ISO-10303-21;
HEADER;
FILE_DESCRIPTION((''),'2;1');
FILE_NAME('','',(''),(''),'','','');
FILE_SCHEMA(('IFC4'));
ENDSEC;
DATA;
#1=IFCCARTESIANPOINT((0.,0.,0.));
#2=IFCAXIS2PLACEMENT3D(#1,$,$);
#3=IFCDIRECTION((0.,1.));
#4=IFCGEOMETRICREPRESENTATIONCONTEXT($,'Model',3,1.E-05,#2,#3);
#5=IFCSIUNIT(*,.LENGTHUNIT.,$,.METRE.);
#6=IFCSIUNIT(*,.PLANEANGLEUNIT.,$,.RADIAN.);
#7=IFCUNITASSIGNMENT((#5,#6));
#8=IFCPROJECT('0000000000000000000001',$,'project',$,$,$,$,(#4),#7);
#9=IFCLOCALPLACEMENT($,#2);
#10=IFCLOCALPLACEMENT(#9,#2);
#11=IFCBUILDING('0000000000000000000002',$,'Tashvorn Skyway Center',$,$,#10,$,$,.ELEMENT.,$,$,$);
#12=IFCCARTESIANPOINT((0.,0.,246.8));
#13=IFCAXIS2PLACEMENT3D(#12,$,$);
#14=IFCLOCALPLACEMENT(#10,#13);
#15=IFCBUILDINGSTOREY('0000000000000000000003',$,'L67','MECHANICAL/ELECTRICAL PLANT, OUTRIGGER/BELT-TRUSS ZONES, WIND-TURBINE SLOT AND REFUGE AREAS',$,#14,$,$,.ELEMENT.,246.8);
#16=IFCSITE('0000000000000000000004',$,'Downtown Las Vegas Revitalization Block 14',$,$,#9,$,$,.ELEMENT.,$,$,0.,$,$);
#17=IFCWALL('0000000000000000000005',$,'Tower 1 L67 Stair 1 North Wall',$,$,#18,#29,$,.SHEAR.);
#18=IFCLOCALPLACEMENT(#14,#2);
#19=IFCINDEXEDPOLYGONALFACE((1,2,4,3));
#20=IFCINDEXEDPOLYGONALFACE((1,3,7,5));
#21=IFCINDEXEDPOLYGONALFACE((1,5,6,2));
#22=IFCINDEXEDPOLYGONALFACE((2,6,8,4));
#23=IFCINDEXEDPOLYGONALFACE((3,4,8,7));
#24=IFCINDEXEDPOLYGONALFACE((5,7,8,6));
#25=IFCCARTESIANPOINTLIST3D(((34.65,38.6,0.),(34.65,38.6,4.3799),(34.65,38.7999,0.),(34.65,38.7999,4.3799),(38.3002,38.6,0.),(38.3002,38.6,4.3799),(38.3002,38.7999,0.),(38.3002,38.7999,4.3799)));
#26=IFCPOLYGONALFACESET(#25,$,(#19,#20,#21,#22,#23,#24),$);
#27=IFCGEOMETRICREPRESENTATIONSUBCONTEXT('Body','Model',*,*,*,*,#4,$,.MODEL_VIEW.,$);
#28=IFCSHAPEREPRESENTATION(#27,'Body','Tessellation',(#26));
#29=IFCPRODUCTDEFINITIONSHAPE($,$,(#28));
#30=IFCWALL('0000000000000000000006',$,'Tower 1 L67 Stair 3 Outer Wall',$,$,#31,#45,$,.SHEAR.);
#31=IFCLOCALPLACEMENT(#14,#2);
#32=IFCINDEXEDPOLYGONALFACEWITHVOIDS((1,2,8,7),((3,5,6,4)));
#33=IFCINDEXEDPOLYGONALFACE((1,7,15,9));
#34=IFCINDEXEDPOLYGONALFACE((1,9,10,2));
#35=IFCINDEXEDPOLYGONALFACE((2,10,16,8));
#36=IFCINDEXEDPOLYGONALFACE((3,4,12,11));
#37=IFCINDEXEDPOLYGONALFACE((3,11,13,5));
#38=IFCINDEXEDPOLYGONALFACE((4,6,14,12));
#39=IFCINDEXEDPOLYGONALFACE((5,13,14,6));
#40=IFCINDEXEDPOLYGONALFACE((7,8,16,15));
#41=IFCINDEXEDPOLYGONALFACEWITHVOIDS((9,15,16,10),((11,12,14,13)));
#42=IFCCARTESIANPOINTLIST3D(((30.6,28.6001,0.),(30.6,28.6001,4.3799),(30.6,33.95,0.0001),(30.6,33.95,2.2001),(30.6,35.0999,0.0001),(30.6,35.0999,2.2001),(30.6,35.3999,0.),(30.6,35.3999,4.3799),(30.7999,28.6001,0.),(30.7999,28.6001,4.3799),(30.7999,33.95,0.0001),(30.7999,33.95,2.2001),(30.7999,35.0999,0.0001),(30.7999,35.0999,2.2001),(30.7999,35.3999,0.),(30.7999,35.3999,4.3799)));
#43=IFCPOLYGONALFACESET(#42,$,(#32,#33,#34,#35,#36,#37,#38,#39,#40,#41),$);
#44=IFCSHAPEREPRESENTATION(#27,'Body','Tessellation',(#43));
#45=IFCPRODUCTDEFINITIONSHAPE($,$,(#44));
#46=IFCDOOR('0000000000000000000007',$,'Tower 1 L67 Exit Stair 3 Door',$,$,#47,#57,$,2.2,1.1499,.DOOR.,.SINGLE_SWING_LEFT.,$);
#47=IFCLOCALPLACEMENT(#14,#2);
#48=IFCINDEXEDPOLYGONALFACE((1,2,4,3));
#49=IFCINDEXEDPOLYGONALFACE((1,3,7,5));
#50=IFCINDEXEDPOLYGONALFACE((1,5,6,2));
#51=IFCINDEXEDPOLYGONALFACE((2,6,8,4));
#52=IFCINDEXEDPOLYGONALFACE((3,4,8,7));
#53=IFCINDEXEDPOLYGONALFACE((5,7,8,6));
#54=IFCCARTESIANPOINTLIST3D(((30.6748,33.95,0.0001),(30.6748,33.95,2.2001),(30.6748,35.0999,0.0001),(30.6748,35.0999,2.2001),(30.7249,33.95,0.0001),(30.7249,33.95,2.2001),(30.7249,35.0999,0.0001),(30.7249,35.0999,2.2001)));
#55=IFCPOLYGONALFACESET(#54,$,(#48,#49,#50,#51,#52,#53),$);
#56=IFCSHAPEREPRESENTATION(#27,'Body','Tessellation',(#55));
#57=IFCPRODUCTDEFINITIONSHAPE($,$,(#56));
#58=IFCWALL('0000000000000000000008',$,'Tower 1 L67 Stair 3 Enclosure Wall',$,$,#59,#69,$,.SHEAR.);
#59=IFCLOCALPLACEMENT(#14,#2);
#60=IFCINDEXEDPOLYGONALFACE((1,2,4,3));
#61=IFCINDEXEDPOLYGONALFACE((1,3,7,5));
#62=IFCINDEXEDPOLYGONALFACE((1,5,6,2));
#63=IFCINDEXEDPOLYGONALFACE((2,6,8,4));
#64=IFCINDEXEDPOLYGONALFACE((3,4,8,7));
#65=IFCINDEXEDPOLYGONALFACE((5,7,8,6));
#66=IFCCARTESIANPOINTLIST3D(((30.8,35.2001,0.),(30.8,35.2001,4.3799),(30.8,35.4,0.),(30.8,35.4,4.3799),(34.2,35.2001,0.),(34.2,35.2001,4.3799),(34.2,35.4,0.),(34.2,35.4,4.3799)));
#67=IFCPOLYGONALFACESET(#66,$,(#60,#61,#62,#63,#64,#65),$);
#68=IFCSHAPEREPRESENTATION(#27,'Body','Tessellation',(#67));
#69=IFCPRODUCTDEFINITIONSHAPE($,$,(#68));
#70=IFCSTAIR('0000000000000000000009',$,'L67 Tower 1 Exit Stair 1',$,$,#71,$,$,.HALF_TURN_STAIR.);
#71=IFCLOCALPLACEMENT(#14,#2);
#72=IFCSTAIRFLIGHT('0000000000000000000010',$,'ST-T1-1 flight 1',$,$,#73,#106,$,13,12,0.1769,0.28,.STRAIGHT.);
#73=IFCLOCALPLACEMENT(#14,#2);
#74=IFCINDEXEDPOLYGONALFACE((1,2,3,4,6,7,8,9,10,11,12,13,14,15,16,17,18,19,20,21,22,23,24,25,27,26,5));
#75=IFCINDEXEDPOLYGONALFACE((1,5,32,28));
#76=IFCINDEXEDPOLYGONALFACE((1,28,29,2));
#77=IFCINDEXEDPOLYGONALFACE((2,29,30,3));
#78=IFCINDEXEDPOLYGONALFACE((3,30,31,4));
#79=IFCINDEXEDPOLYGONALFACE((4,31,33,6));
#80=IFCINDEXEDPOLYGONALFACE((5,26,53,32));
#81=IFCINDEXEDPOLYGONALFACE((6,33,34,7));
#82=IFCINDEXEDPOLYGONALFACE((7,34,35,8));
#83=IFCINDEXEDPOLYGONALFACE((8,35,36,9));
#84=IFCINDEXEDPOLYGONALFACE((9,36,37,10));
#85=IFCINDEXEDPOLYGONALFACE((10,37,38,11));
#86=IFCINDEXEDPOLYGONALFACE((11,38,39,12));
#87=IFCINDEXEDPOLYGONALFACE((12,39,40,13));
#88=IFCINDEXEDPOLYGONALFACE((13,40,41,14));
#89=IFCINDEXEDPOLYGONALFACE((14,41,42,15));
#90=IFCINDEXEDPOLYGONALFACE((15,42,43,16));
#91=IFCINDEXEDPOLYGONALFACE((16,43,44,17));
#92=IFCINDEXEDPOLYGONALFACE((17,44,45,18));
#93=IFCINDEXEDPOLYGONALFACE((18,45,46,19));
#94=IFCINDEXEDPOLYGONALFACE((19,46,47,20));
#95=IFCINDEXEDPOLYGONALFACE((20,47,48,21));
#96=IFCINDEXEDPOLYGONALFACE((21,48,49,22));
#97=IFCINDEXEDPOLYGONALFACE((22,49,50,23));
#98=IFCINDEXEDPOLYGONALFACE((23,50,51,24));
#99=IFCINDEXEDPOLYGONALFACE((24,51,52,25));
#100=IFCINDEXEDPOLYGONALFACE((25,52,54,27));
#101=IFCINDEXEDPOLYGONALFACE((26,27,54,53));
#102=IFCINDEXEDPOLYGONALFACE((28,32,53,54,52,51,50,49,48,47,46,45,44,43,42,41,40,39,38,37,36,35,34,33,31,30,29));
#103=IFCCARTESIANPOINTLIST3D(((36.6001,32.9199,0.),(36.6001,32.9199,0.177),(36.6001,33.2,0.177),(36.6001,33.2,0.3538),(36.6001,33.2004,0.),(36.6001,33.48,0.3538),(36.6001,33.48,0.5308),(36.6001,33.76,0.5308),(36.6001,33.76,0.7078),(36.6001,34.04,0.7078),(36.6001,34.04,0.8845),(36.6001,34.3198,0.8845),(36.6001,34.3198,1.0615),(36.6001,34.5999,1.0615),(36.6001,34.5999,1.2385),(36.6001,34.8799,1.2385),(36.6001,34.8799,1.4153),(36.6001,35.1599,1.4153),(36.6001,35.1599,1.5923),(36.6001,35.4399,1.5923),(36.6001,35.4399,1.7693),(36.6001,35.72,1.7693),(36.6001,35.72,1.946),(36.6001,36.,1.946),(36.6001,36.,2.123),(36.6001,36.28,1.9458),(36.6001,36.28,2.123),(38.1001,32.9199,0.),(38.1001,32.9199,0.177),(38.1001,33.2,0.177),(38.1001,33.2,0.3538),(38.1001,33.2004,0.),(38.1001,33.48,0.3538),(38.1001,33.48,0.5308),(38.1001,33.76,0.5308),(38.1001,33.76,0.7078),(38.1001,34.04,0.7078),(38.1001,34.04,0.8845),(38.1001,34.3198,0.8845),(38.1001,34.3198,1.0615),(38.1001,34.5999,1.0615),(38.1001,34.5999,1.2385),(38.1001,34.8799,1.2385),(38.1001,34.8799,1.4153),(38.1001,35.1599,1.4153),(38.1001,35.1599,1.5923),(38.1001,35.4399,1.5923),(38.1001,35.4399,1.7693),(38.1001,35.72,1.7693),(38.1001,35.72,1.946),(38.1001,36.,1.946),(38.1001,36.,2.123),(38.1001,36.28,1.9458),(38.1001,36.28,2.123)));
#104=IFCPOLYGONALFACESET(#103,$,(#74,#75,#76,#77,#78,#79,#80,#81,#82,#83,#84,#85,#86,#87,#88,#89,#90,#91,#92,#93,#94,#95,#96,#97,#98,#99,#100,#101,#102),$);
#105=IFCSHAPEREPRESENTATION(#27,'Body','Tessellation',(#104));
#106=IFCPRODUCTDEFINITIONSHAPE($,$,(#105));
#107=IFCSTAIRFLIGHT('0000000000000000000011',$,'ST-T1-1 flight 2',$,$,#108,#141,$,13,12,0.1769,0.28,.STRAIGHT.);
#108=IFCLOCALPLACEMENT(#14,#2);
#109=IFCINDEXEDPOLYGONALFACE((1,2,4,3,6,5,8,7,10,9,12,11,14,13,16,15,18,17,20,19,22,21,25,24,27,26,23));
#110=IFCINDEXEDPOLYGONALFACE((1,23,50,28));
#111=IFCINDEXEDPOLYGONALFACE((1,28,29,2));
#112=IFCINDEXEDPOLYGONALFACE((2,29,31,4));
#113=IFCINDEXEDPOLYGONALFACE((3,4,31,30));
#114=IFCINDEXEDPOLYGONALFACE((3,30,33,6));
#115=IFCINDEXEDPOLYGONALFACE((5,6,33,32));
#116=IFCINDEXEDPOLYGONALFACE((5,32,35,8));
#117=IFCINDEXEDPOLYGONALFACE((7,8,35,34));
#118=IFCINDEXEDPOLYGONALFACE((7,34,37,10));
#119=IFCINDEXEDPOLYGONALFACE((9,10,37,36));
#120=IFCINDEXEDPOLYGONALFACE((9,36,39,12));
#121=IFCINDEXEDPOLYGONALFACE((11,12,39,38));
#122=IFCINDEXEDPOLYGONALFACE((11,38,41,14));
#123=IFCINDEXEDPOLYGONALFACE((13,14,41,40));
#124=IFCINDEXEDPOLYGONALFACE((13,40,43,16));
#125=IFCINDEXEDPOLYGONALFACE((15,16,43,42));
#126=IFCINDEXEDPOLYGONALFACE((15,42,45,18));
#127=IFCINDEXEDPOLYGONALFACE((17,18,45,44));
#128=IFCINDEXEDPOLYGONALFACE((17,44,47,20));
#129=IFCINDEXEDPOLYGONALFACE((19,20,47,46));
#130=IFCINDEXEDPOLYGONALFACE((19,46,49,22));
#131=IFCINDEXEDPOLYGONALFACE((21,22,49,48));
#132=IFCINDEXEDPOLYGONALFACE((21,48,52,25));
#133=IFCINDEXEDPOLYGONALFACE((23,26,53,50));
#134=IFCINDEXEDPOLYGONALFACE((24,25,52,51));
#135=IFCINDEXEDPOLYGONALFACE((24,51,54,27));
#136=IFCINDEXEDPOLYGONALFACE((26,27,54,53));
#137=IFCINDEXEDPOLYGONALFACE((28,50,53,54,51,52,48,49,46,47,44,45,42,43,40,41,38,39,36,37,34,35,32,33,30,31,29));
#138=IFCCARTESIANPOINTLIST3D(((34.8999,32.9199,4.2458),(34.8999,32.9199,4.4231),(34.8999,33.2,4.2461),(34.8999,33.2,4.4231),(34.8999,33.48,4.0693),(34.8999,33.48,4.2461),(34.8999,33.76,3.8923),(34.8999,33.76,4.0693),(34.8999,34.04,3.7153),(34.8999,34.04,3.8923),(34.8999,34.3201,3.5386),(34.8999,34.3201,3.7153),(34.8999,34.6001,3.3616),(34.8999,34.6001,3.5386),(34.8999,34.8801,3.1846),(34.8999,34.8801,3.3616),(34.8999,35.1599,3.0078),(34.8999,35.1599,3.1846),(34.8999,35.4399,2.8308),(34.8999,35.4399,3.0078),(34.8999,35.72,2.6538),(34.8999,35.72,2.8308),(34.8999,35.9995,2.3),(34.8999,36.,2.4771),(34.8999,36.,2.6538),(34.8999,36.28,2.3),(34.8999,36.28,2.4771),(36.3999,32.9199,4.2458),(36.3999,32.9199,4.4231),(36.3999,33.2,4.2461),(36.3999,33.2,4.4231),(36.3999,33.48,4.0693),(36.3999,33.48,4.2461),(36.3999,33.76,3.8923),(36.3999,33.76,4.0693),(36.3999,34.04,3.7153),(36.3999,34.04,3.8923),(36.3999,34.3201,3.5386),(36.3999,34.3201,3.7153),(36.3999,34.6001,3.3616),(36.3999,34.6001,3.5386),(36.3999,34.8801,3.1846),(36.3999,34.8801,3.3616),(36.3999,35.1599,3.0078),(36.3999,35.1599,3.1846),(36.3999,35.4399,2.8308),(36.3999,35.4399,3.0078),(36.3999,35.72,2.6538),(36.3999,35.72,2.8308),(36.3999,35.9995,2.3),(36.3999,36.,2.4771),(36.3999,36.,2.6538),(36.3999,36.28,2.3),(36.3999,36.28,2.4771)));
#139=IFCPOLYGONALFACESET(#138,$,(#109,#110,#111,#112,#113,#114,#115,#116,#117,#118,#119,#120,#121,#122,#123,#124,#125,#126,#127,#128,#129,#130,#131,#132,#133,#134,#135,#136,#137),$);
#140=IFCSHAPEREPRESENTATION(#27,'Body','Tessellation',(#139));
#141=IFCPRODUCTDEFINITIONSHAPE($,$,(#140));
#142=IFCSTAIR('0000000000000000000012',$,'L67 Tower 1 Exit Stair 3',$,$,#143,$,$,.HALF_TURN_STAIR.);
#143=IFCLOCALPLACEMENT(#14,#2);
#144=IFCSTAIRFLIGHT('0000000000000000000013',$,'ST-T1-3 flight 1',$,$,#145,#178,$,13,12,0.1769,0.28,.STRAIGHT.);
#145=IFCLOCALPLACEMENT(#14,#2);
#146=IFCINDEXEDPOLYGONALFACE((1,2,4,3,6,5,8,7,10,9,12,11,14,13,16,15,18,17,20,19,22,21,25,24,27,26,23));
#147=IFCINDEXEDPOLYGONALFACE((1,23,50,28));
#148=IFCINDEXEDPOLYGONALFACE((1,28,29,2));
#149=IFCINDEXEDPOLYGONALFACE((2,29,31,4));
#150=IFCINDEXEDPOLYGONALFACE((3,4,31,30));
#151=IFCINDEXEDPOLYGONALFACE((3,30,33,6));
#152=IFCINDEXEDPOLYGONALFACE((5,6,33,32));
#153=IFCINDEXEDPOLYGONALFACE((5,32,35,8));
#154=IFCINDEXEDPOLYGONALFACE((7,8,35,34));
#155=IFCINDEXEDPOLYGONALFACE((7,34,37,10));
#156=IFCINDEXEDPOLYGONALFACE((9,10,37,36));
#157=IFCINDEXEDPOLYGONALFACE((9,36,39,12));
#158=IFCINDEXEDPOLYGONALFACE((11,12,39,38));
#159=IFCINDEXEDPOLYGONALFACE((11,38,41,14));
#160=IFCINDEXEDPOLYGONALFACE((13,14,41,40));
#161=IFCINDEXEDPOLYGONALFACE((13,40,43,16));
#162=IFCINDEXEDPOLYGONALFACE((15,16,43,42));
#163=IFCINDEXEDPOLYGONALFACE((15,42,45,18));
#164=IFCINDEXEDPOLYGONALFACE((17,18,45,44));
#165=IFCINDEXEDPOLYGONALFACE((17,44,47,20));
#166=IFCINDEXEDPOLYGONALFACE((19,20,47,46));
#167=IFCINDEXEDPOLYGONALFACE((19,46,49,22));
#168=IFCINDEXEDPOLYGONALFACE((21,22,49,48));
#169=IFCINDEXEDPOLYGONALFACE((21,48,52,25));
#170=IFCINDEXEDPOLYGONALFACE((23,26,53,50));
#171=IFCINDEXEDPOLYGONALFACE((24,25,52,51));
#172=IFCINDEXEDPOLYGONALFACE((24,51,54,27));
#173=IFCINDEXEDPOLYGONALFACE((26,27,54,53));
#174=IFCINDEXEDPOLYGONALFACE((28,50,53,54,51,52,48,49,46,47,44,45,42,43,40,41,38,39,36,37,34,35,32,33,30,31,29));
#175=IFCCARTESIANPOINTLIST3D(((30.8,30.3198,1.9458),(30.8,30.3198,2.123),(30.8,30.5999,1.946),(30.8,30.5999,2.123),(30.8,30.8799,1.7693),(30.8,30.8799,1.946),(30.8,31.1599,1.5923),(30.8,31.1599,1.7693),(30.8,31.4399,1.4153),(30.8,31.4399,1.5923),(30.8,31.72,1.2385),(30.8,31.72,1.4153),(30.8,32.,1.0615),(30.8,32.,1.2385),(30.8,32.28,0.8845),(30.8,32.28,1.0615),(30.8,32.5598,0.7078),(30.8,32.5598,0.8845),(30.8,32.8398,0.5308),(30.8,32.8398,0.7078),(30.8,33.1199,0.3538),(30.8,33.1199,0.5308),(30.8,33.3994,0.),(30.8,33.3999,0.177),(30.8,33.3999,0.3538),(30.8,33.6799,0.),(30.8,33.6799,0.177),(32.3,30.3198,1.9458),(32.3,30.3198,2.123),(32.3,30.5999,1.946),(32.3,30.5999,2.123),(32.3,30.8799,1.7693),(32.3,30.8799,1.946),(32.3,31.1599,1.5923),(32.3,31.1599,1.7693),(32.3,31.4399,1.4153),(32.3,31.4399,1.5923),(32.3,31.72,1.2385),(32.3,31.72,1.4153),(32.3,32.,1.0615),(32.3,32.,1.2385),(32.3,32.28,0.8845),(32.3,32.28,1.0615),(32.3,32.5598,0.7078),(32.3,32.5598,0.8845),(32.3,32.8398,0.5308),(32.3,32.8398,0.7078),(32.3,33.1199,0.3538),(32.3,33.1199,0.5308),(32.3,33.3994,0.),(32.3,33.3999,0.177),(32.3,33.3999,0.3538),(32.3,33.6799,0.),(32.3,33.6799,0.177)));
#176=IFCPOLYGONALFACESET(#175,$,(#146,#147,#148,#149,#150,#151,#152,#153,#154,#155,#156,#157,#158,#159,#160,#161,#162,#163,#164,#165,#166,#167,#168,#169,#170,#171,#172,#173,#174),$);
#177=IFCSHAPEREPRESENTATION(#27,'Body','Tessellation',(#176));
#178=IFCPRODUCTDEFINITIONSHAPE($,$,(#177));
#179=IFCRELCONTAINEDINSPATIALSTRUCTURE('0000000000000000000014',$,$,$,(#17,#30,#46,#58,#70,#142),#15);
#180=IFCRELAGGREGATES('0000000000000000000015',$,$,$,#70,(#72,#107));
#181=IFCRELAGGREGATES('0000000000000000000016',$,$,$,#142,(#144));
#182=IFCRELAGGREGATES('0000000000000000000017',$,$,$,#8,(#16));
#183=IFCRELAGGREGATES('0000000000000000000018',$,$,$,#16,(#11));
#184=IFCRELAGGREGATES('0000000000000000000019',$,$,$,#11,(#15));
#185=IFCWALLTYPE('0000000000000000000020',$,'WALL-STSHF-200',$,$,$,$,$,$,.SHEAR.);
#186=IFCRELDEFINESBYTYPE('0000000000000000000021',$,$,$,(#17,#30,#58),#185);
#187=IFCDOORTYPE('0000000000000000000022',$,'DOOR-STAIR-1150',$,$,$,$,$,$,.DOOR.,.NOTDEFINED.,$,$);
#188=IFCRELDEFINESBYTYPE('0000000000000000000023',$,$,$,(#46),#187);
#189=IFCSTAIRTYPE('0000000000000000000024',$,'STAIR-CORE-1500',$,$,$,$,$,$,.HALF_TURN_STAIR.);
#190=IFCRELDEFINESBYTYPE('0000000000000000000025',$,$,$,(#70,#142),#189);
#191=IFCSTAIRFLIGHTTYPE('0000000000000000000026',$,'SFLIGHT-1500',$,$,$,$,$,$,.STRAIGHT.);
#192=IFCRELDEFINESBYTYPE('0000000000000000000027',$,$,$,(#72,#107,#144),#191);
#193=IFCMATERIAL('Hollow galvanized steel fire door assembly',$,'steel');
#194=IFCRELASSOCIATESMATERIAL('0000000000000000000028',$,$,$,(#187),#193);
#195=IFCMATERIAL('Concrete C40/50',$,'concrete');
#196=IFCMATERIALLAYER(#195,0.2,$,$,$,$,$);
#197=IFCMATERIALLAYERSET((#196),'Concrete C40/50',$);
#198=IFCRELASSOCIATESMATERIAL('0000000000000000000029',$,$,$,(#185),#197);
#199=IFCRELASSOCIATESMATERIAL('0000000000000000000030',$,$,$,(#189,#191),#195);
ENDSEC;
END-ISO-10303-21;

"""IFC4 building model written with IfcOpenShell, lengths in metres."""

from ifc_helpers import new_model, si_unit, direction, frame, frame_2d, origin, place, context, subcontext, project, spatial, polyline, rectangle, outline, extrude, material, layer, layer_set, type_object, element, fill, aggregate, save


model = new_model("IFC4")

# Units and contexts
model_context = context("Model", 3, precision=1e-05, world=origin(), true_north=direction((0.0, 1.0)))
body_context = subcontext(model_context, "Body", "Model", "MODEL_VIEW")
ifc_project = project(units=[si_unit("LENGTHUNIT", "METRE"), si_unit("PLANEANGLEUNIT", "RADIAN")], contexts=[model_context])

# Site, building, storey
site_placement = place(None, origin())
site = spatial("IfcSite", under=ifc_project, at=site_placement, Name="Downtown Las Vegas Revitalization Block 14", CompositionType="ELEMENT", RefElevation=0.0)
building_placement = place(site_placement, origin())
building = spatial("IfcBuilding", under=site, at=building_placement, Name="Tashvorn Skyway Center", CompositionType="ELEMENT")
storey_placement = place(building_placement, frame((0.0, 0.0, 246.8)))
storey = spatial("IfcBuildingStorey", under=building, at=storey_placement, Name="L67", Description="MECHANICAL/ELECTRICAL PLANT, OUTRIGGER/BELT-TRUSS ZONES, WIND-TURBINE SLOT AND REFUGE AREAS", CompositionType="ELEMENT", Elevation=246.8)

# Shared definitions
ifc_material_1 = material(Name="Concrete C40/50", Category="concrete")
ifc_material_2 = material(Name="Hollow galvanized steel fire door assembly", Category="steel")
door_type = type_object("IfcDoorType", Name="DOOR-STAIR-1150", OperationType="NOTDEFINED", PredefinedType="DOOR", material=ifc_material_2)

# Wall
ifc_layer_1 = layer(ifc_material_1, 0.2)
ifc_layer_set_1 = layer_set([ifc_layer_1], Name="Concrete C40/50")
wall_type_1 = type_object("IfcWallType", Name="WALL-STSHF-200", PredefinedType="SHEAR", material=ifc_layer_set_1)
wall_1_placement = place(storey_placement, frame((34.6499, 38.7, 0.0), z_axis=(0.0, 0.0, 1.0), x_axis=(1.0, 0.0, 0.0)))
element("IfcWall", 1, at=wall_1_placement, inside=storey, type_object=wall_type_1, Name="Tower 1 L67 Stair 1 North Wall", PredefinedType="SHEAR", context=body_context, shape_type="SweptSolid", body=[
    extrude(rectangle(XDim=3.6501, YDim=0.2, at=frame_2d((1.8252, 0.0))), origin(), (0.0, 0.0, 1.0), 4.3799),
])

# Wall, opening, door
wall_2_placement = place(storey_placement, frame((30.7, 35.3999, 0.0), z_axis=(0.0, 0.0, 1.0), x_axis=(0.0, -1.0, 0.0)))
wall_2 = element("IfcWall", 2, at=wall_2_placement, inside=storey, type_object=wall_type_1, Name="Tower 1 L67 Stair 3 Outer Wall", PredefinedType="SHEAR", context=body_context, shape_type="SweptSolid", body=[
    extrude(rectangle(XDim=6.7998, YDim=0.2, at=frame_2d((3.3999, 0.0))), origin(), (0.0, 0.0, 1.0), 4.3799),
])
opening_1_placement = place(wall_2_placement, frame((0.3, 0.0, 0.0)))
opening_1 = element("IfcOpeningElement", 3, at=opening_1_placement, cuts=wall_2, PredefinedType="OPENING", context=body_context, shape_type="SweptSolid", body=[
    extrude(rectangle(XDim=1.1499, YDim=2.2, at=frame_2d((0.575, 1.1001))), frame((0.0, 0.1099, 0.0), z_axis=(0.0, -1.0, 0.0), x_axis=(1.0, 0.0, 0.0)), (0.0, 0.0, 1.0), 0.22),
])
door_1_placement = place(opening_1_placement, origin())
door_1 = element("IfcDoor", 4, at=door_1_placement, inside=storey, type_object=door_type, Name="Tower 1 L67 Exit Stair 3 Door", OperationType="SINGLE_SWING_LEFT", OverallHeight=2.2, OverallWidth=1.1499, PredefinedType="DOOR", context=body_context, shape_type="SweptSolid", body=[
    extrude(rectangle(XDim=1.1499, YDim=2.2, at=frame_2d((0.575, 1.1001))), frame((0.0, 0.0249, 0.0), z_axis=(0.0, -1.0, 0.0), x_axis=(1.0, 0.0, 0.0)), (0.0, 0.0, 1.0), 0.05),
])
fill(opening_1, door_1)

# Wall
wall_3_placement = place(storey_placement, frame((34.2, 35.3, 0.0), z_axis=(0.0, 0.0, 1.0), x_axis=(-1.0, 0.0, 0.0)))
element("IfcWall", 5, at=wall_3_placement, inside=storey, type_object=wall_type_1, Name="Tower 1 L67 Stair 3 Enclosure Wall", PredefinedType="SHEAR", context=body_context, shape_type="SweptSolid", body=[
    extrude(rectangle(XDim=3.3999, YDim=0.2, at=frame_2d((1.7, 0.0))), origin(), (0.0, 0.0, 1.0), 4.3799),
])

# Stair, stair flights
stair_type = type_object("IfcStairType", Name="STAIR-CORE-1500", PredefinedType="HALF_TURN_STAIR", material=ifc_material_1)
stair_1_placement = place(storey_placement, origin())
stair_1 = element("IfcStair", 6, at=stair_1_placement, inside=storey, type_object=stair_type, Name="L67 Tower 1 Exit Stair 1", PredefinedType="HALF_TURN_STAIR")
stair_flight_type = type_object("IfcStairFlightType", Name="SFLIGHT-1500", PredefinedType="STRAIGHT", material=ifc_material_1)
stair_flight_1_placement = place(storey_placement, frame((37.3501, 32.9199, 0.0), z_axis=(0.0, 0.0, 1.0), x_axis=(0.0, 1.0, 0.0)))
stair_flight_1 = element("IfcStairFlight", 7, at=stair_flight_1_placement, type_object=stair_flight_type, Name="ST-T1-1 flight 1", NumberOfRisers=13, NumberOfTreads=12, PredefinedType="STRAIGHT", RiserHeight=0.1769, TreadLength=0.28, context=body_context, shape_type="SweptSolid", body=[
    extrude(outline(polyline([(0.0, 0.0), (0.0, 0.177), (0.28, 0.177), (0.28, 0.3538), (0.5601, 0.3538), (0.5601, 0.5308), (0.8401, 0.5308), (0.8401, 0.7078), (1.1201, 0.7078), (1.1201, 0.8845), (1.3999, 0.8845), (1.3999, 1.0615), (1.6799, 1.0615), (1.6799, 1.2385), (1.96, 1.2385), (1.96, 1.4153), (2.24, 1.4153), (2.24, 1.5923), (2.52, 1.5923), (2.52, 1.7693), (2.8, 1.7693), (2.8, 1.946), (3.0801, 1.946), (3.0801, 2.123), (3.3601, 2.123), (3.3601, 2.3), (3.3601, 1.9458), (0.2805, 0.0), (0.0, 0.0)])), frame((0.0, 0.75, 0.0), z_axis=(0.0, -1.0, 0.0), x_axis=(1.0, 0.0, 0.0)), (0.0, 0.0, 1.0), 1.5),
])
stair_flight_2_placement = place(storey_placement, frame((35.6499, 36.28, 2.3), z_axis=(0.0, 0.0, 1.0), x_axis=(0.0, -1.0, 0.0)))
stair_flight_2 = element("IfcStairFlight", 8, at=stair_flight_2_placement, type_object=stair_flight_type, Name="ST-T1-1 flight 2", NumberOfRisers=13, NumberOfTreads=12, PredefinedType="STRAIGHT", RiserHeight=0.1769, TreadLength=0.28, context=body_context, shape_type="SweptSolid", body=[
    extrude(outline(polyline([(0.0, 0.0), (0.0, 0.177), (0.28, 0.177), (0.28, 0.3538), (0.5601, 0.3538), (0.5601, 0.5308), (0.8401, 0.5308), (0.8401, 0.7078), (1.1201, 0.7078), (1.1201, 0.8845), (1.3999, 0.8845), (1.3999, 1.0615), (1.6799, 1.0615), (1.6799, 1.2385), (1.96, 1.2385), (1.96, 1.4153), (2.24, 1.4153), (2.24, 1.5923), (2.52, 1.5923), (2.52, 1.7693), (2.8, 1.7693), (2.8, 1.946), (3.0801, 1.946), (3.0801, 2.123), (3.3601, 2.123), (3.3601, 2.3), (3.3601, 1.9458), (0.2805, 0.0), (0.0, 0.0)])), frame((0.0, 0.75, 0.0), z_axis=(0.0, -1.0, 0.0), x_axis=(1.0, 0.0, 0.0)), (0.0, 0.0, 1.0), 1.5),
])
aggregate(stair_1, [stair_flight_1, stair_flight_2])

# Stair, stair flight
stair_2_placement = place(storey_placement, origin())
stair_2 = element("IfcStair", 9, at=stair_2_placement, inside=storey, type_object=stair_type, Name="L67 Tower 1 Exit Stair 3", PredefinedType="HALF_TURN_STAIR")
stair_flight_3_placement = place(storey_placement, frame((31.55, 33.6799, 0.0), z_axis=(0.0, 0.0, 1.0), x_axis=(0.0, -1.0, 0.0)))
stair_flight_3 = element("IfcStairFlight", 10, at=stair_flight_3_placement, type_object=stair_flight_type, Name="ST-T1-3 flight 1", NumberOfRisers=13, NumberOfTreads=12, PredefinedType="STRAIGHT", RiserHeight=0.1769, TreadLength=0.28, context=body_context, shape_type="SweptSolid", body=[
    extrude(outline(polyline([(0.0, 0.0), (0.0, 0.177), (0.28, 0.177), (0.28, 0.3538), (0.5601, 0.3538), (0.5601, 0.5308), (0.8401, 0.5308), (0.8401, 0.7078), (1.1201, 0.7078), (1.1201, 0.8845), (1.3999, 0.8845), (1.3999, 1.0615), (1.6799, 1.0615), (1.6799, 1.2385), (1.96, 1.2385), (1.96, 1.4153), (2.24, 1.4153), (2.24, 1.5923), (2.52, 1.5923), (2.52, 1.7693), (2.8, 1.7693), (2.8, 1.946), (3.0801, 1.946), (3.0801, 2.123), (3.3601, 2.123), (3.3601, 2.3), (3.3601, 1.9458), (0.2805, 0.0), (0.0, 0.0)])), frame((0.0, 0.75, 0.0), z_axis=(0.0, -1.0, 0.0), x_axis=(1.0, 0.0, 0.0)), (0.0, 0.0, 1.0), 1.5),
])
aggregate(stair_2, [stair_flight_3])

save(model, "model.ifc")
